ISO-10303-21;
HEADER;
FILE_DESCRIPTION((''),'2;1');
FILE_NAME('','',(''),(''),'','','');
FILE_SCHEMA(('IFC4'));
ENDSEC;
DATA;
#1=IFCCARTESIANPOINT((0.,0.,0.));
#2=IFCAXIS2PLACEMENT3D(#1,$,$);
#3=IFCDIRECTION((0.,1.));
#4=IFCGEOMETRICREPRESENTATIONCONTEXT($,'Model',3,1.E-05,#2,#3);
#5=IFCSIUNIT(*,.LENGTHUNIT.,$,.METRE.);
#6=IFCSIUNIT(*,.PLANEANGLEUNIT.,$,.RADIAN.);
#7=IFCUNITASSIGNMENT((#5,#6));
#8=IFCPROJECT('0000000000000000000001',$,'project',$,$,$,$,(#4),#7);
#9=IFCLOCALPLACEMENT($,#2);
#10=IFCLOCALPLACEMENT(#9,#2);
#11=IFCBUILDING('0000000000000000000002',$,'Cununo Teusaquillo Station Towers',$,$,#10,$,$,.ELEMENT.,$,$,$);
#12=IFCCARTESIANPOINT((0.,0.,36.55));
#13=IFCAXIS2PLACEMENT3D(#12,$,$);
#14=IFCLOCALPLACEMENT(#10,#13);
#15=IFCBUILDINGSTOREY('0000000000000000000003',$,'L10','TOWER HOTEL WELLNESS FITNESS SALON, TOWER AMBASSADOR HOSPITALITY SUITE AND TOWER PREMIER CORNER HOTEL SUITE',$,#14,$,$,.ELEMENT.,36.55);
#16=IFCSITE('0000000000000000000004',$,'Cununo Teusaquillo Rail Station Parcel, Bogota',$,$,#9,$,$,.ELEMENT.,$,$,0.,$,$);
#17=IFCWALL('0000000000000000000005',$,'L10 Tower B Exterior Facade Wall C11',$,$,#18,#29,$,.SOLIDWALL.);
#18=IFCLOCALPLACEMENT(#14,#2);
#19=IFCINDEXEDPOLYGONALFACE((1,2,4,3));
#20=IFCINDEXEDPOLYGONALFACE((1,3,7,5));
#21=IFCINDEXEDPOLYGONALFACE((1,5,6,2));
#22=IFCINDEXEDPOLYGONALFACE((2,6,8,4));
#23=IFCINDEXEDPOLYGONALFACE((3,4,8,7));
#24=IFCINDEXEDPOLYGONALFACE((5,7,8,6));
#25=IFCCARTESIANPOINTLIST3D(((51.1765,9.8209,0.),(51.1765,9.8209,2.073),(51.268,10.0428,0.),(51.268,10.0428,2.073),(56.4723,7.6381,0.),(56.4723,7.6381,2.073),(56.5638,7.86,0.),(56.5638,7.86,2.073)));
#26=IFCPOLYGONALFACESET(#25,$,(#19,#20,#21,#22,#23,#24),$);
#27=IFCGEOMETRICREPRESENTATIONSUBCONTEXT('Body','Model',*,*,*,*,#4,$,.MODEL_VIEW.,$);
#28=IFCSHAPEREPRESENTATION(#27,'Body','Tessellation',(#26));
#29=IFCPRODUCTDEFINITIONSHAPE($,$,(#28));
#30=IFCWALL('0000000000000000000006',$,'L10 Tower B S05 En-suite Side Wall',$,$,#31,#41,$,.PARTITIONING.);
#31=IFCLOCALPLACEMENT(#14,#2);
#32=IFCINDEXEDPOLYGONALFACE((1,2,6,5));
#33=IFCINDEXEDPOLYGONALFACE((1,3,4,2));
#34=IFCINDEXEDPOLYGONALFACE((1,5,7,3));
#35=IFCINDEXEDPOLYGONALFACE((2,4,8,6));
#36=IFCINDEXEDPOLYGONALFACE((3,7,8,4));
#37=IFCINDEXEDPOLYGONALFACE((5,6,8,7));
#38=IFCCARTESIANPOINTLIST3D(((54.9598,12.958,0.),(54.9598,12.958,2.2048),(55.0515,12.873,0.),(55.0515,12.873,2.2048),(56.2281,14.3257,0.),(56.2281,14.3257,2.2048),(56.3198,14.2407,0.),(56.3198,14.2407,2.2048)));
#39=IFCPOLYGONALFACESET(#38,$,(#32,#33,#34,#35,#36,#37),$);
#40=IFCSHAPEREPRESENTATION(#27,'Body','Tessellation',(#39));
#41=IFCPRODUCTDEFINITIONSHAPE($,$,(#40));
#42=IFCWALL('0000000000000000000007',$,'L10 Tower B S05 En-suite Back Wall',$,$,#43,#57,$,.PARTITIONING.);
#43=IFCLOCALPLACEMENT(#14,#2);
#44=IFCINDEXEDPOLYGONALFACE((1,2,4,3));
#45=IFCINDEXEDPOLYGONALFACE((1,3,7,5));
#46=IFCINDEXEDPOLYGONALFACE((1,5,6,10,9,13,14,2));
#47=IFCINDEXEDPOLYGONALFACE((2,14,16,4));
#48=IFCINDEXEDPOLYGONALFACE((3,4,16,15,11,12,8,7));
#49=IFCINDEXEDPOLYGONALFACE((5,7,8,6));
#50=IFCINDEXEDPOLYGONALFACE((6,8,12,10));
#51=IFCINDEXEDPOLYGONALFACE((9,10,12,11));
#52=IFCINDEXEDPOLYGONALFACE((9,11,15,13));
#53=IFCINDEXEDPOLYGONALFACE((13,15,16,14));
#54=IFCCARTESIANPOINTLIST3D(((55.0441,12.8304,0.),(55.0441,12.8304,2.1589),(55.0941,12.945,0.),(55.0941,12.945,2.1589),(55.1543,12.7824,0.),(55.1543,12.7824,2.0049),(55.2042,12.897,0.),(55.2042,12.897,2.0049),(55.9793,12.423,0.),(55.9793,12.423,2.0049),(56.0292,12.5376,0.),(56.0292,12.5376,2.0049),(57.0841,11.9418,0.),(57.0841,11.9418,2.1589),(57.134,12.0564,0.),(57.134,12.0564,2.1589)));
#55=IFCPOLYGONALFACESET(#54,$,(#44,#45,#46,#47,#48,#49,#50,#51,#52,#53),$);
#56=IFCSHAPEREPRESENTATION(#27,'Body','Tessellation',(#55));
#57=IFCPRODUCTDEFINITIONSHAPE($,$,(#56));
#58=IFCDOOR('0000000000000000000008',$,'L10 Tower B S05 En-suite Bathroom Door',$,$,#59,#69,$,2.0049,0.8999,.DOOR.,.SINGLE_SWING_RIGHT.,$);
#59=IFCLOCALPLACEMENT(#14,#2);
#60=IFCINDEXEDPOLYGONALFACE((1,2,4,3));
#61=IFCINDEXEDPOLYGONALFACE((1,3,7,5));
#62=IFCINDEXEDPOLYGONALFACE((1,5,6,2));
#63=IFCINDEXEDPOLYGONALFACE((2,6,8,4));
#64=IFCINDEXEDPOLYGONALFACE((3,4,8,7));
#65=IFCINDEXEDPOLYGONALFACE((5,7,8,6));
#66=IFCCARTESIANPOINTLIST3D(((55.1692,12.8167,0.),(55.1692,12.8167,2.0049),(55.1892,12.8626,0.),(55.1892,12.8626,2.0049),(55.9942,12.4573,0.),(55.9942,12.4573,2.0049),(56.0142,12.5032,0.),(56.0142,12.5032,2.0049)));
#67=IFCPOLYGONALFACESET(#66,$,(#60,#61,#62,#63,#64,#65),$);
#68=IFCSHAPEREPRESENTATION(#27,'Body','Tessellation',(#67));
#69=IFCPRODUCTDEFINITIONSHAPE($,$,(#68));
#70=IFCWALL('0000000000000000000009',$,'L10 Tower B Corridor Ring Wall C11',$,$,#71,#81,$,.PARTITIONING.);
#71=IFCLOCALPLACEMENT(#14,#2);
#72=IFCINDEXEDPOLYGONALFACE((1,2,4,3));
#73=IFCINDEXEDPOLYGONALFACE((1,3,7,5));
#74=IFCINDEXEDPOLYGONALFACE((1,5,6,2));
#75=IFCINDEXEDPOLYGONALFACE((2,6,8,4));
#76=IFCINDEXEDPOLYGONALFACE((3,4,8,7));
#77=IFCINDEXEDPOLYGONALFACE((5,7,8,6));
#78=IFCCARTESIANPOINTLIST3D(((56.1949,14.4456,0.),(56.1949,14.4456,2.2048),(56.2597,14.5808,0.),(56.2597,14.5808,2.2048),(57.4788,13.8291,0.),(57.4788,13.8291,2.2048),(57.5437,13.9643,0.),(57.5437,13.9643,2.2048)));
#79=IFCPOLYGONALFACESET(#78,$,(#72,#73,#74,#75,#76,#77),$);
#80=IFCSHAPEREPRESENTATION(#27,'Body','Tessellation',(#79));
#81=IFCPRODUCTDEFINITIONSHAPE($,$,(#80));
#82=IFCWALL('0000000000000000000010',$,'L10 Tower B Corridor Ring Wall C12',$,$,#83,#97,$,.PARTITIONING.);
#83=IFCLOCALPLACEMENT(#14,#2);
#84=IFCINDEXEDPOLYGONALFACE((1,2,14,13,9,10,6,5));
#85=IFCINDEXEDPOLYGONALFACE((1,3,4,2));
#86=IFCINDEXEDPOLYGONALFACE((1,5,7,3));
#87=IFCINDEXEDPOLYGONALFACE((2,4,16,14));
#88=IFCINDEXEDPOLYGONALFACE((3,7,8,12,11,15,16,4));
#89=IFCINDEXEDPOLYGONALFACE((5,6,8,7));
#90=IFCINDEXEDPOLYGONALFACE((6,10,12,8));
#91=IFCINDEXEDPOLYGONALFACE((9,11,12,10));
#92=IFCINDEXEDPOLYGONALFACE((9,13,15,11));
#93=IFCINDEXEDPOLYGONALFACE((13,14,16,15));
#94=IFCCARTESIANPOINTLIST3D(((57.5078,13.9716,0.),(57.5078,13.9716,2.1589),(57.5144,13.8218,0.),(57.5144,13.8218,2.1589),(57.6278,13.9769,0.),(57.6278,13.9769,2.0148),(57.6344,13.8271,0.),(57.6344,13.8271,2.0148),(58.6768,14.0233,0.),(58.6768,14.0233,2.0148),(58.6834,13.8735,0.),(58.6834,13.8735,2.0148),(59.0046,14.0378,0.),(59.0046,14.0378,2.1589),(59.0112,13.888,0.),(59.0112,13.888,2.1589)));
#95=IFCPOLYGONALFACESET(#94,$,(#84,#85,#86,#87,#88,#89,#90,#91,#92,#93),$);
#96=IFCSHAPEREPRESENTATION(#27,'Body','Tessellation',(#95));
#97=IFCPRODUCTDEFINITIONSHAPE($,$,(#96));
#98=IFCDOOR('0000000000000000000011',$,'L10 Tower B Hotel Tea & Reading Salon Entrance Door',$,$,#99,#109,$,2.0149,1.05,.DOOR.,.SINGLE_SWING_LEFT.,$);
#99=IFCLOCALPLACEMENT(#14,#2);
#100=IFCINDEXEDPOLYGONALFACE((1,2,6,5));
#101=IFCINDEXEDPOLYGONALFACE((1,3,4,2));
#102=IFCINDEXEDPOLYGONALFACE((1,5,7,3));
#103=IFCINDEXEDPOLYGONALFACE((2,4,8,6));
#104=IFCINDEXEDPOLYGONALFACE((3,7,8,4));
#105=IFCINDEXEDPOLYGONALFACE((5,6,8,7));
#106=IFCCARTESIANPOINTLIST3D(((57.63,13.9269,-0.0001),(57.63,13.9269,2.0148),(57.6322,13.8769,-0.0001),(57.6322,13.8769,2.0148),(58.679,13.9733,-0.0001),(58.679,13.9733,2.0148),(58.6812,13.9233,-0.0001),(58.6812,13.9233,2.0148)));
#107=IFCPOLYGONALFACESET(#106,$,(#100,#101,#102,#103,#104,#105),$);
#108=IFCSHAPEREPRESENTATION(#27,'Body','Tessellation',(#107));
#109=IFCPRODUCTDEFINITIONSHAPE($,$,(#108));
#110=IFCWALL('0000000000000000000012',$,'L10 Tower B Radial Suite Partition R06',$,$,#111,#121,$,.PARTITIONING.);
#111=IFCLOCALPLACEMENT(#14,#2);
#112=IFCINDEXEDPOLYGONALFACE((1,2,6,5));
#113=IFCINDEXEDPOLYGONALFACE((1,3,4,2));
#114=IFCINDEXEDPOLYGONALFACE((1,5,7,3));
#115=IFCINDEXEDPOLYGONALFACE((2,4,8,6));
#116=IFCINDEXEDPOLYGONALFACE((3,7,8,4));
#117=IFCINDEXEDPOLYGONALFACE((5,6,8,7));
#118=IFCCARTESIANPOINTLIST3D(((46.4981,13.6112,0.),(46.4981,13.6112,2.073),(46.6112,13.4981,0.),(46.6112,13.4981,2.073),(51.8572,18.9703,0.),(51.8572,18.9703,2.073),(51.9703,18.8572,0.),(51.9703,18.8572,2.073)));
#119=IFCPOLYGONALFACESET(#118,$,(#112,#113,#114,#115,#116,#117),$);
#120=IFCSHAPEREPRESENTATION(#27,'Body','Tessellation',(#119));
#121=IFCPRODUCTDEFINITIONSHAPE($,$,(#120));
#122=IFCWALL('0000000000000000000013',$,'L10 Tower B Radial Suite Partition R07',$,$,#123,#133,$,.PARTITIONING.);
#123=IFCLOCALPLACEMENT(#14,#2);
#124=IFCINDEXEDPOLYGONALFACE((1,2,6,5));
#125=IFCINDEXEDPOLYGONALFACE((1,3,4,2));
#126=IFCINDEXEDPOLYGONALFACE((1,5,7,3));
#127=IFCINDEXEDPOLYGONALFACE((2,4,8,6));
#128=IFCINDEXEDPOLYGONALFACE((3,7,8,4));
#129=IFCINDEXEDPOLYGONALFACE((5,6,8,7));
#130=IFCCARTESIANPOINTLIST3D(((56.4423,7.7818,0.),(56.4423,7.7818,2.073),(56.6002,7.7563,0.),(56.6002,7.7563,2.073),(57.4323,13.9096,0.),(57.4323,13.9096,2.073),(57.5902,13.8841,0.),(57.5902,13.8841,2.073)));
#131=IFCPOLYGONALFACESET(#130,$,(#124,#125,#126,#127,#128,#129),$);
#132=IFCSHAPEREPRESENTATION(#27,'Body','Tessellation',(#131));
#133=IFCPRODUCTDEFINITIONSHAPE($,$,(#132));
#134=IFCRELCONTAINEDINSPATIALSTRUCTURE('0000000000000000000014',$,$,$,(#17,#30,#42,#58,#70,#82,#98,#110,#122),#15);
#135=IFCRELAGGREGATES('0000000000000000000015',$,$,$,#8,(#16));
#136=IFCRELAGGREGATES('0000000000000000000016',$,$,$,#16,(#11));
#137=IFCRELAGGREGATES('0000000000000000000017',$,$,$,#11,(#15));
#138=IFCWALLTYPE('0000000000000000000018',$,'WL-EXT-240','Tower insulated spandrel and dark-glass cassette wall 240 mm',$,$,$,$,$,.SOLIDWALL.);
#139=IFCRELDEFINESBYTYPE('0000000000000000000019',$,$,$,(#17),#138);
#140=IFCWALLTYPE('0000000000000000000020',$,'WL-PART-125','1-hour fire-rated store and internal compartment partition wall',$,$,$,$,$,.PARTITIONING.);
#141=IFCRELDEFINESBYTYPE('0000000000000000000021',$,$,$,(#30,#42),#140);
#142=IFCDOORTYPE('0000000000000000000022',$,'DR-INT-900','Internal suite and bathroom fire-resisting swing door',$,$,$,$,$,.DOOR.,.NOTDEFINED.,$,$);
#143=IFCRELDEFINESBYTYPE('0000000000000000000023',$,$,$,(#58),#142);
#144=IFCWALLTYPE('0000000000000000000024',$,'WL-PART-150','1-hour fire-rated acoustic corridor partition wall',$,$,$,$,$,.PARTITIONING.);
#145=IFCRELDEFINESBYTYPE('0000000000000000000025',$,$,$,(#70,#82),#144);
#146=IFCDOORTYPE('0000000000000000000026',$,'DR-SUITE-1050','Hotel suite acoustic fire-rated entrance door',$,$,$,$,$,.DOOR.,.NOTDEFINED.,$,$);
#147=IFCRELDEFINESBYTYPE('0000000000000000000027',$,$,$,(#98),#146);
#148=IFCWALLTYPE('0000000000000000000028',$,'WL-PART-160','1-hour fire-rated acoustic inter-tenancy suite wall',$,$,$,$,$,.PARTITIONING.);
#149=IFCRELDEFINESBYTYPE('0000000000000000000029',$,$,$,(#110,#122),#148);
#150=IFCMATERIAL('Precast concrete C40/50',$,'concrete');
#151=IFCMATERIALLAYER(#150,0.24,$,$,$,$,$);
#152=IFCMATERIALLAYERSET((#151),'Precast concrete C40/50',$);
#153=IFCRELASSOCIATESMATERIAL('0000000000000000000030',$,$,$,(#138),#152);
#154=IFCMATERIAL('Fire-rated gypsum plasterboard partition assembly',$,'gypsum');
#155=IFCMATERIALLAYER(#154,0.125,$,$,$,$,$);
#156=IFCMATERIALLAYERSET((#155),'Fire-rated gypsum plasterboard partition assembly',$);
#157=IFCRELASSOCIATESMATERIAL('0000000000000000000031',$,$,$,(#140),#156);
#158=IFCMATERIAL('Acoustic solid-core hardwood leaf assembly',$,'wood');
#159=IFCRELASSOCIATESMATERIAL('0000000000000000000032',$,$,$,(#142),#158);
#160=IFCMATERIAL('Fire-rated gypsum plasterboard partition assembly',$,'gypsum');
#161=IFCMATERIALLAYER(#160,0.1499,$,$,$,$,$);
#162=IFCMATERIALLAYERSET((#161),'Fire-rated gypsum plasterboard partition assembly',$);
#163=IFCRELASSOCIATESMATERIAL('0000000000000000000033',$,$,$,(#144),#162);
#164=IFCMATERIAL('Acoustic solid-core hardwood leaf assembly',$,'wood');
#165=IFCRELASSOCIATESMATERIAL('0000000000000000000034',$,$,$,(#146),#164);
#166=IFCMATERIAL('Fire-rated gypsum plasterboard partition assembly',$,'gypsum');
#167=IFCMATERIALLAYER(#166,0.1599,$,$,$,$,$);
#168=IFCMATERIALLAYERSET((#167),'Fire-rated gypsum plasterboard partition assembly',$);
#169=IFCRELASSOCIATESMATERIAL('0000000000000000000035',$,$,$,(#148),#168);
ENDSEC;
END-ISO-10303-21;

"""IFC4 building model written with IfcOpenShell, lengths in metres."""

from ifc_helpers import new_model, si_unit, direction, frame, frame_2d, origin, place, context, subcontext, project, spatial, rectangle, extrude, source, transform, mapped, material, layer, layer_set, type_object, element, fill, save


model = new_model("IFC4")

# Units and contexts
model_context = context("Model", 3, precision=1e-05, world=origin(), true_north=direction((0.0, 1.0)))
body_context = subcontext(model_context, "Body", "Model", "MODEL_VIEW")
ifc_project = project(units=[si_unit("LENGTHUNIT", "METRE"), si_unit("PLANEANGLEUNIT", "RADIAN")], contexts=[model_context])

# Site, building, storey
site_placement = place(None, origin())
site = spatial("IfcSite", under=ifc_project, at=site_placement, Name="Cununo Teusaquillo Rail Station Parcel, Bogota", CompositionType="ELEMENT", RefElevation=0.0)
building_placement = place(site_placement, origin())
building = spatial("IfcBuilding", under=site, at=building_placement, Name="Cununo Teusaquillo Station Towers", CompositionType="ELEMENT")
storey_placement = place(building_placement, frame((0.0, 0.0, 36.55)))
storey = spatial("IfcBuildingStorey", under=building, at=storey_placement, Name="L10", Description="TOWER HOTEL WELLNESS FITNESS SALON, TOWER AMBASSADOR HOSPITALITY SUITE AND TOWER PREMIER CORNER HOTEL SUITE", CompositionType="ELEMENT", Elevation=36.55)

# Walls
ifc_material_1 = material(Name="Precast concrete C40/50", Category="concrete")
ifc_layer_1 = layer(ifc_material_1, 0.24)
ifc_layer_set_1 = layer_set([ifc_layer_1], Name="Precast concrete C40/50")
wall_type_1 = type_object("IfcWallType", Name="WL-EXT-240", Description="Tower insulated spandrel and dark-glass cassette wall 240 mm", PredefinedType="SOLIDWALL", material=ifc_layer_set_1)
wall_1_placement = place(storey_placement, frame((56.5181, 7.749, 0.0), z_axis=(0.0, 0.0, 1.0), x_axis=(-0.924543, 0.381078, 0.0)))
element("IfcWall", 1, at=wall_1_placement, inside=storey, type_object=wall_type_1, Name="L10 Tower B Exterior Facade Wall C11", PredefinedType="SOLIDWALL", context=body_context, shape_type="SweptSolid", body=[
    extrude(rectangle(XDim=5.728, YDim=0.24, at=frame_2d((2.864, 0.0))), origin(), (0.0, 0.0, 1.0), 2.073),
])
ifc_material_2 = material(Name="Fire-rated gypsum plasterboard partition assembly", Category="gypsum")
ifc_layer_2 = layer(ifc_material_2, 0.125)
ifc_layer_set_2 = layer_set([ifc_layer_2], Name="Fire-rated gypsum plasterboard partition assembly")
wall_type_2 = type_object("IfcWallType", Name="WL-PART-125", Description="1-hour fire-rated store and internal compartment partition wall", PredefinedType="PARTITIONING", material=ifc_layer_set_2)
wall_2_placement = place(storey_placement, frame((56.2739, 14.2832, 0.0), z_axis=(0.0, 0.0, 1.0), x_axis=(-0.679969, -0.733241, 0.0)))
element("IfcWall", 2, at=wall_2_placement, inside=storey, type_object=wall_type_2, Name="L10 Tower B S05 En-suite Side Wall", PredefinedType="PARTITIONING", context=body_context, shape_type="SweptSolid", body=[
    extrude(rectangle(XDim=1.8652, YDim=0.125, at=frame_2d((0.9326, 0.0))), origin(), (0.0, 0.0, 1.0), 2.2048),
])

# Wall, opening, door
wall_3_placement = place(storey_placement, frame((55.0691, 12.8877, 0.0), z_axis=(0.0, 0.0, 1.0), x_axis=(0.916791, -0.399368, 0.0)))
wall_3 = element("IfcWall", 3, at=wall_3_placement, inside=storey, type_object=wall_type_2, Name="L10 Tower B S05 En-suite Back Wall", PredefinedType="PARTITIONING", context=body_context, shape_type="SweptSolid", body=[
    extrude(rectangle(XDim=2.2251, YDim=0.125, at=frame_2d((1.1125, 0.0))), origin(), (0.0, 0.0, 1.0), 2.1589),
])
shared_shape_1 = source(origin(), body_context, "Body", "SweptSolid", [
    extrude(rectangle(XDim=0.8999, YDim=2.0049, at=frame_2d((0.45, 1.0024))), frame((0.0, 0.0725, 0.0), z_axis=(0.0, -1.0, 0.0), x_axis=(1.0, 0.0, 0.0)), (0.0, 0.0, 1.0), 0.145),
])
opening_1_placement = place(wall_3_placement, frame((0.1201, 0.0, 0.0)))
opening_1 = element("IfcOpeningElement", 4, at=opening_1_placement, cuts=wall_3, PredefinedType="OPENING", context=body_context, shape_type="MappedRepresentation", body=[
    mapped(shared_shape_1, transform((0.0, 0.0, 0.0), x_axis=(1.0, 0.0, 0.0), y_axis=(0.0, 1.0, 0.0), z_axis=(0.0, 0.0, 1.0), scale=1.0)),
])
ifc_material_3 = material(Name="Acoustic solid-core hardwood leaf assembly", Category="wood")
door_type_1 = type_object("IfcDoorType", Name="DR-INT-900", Description="Internal suite and bathroom fire-resisting swing door", OperationType="NOTDEFINED", PredefinedType="DOOR", material=ifc_material_3)
shared_shape_2 = source(origin(), body_context, "Body", "SweptSolid", [
    extrude(rectangle(XDim=0.8999, YDim=2.0049, at=frame_2d((0.45, 1.0024))), frame((0.0, 0.0249, 0.0), z_axis=(0.0, -1.0, 0.0), x_axis=(1.0, 0.0, 0.0)), (0.0, 0.0, 1.0), 0.05),
])
door_1_placement = place(opening_1_placement, origin())
door_1 = element("IfcDoor", 5, at=door_1_placement, inside=storey, type_object=door_type_1, Name="L10 Tower B S05 En-suite Bathroom Door", OperationType="SINGLE_SWING_RIGHT", OverallHeight=2.0049, OverallWidth=0.8999, PredefinedType="DOOR", context=body_context, shape_type="MappedRepresentation", body=[
    mapped(shared_shape_2, transform((0.0, 0.0, 0.0), x_axis=(1.0, 0.0, 0.0), y_axis=(0.0, 1.0, 0.0), z_axis=(0.0, 0.0, 1.0), scale=1.0)),
])
fill(opening_1, door_1)

# Wall
ifc_material_4 = material(Name="Fire-rated gypsum plasterboard partition assembly", Category="gypsum")
ifc_layer_3 = layer(ifc_material_4, 0.1499)
ifc_layer_set_3 = layer_set([ifc_layer_3], Name="Fire-rated gypsum plasterboard partition assembly")
wall_type_3 = type_object("IfcWallType", Name="WL-PART-150", Description="1-hour fire-rated acoustic corridor partition wall", PredefinedType="PARTITIONING", material=ifc_layer_set_3)
wall_4_placement = place(storey_placement, frame((56.2273, 14.5132, 0.0), z_axis=(0.0, 0.0, 1.0), x_axis=(0.901478, -0.432826, 0.0)))
element("IfcWall", 6, at=wall_4_placement, inside=storey, type_object=wall_type_3, Name="L10 Tower B Corridor Ring Wall C11", PredefinedType="PARTITIONING", context=body_context, shape_type="SweptSolid", body=[
    extrude(rectangle(XDim=1.4243, YDim=0.1499, at=frame_2d((0.7122, 0.0))), origin(), (0.0, 0.0, 1.0), 2.2048),
])

# Wall, opening, door
wall_5_placement = place(storey_placement, frame((57.5112, 13.8967, 0.0), z_axis=(0.0, 0.0, 1.0), x_axis=(0.999025, 0.044158, 0.0)))
wall_5 = element("IfcWall", 7, at=wall_5_placement, inside=storey, type_object=wall_type_3, Name="L10 Tower B Corridor Ring Wall C12", PredefinedType="PARTITIONING", context=body_context, shape_type="SweptSolid", body=[
    extrude(rectangle(XDim=1.4983, YDim=0.1499, at=frame_2d((0.749, 0.0))), origin(), (0.0, 0.0, 1.0), 2.1589),
])
shared_shape_3 = source(origin(), body_context, "Body", "SweptSolid", [
    extrude(rectangle(XDim=1.05, YDim=2.0149, at=frame_2d((0.5249, 1.0073))), frame((0.0, 0.085, 0.0), z_axis=(0.0, -1.0, 0.0), x_axis=(1.0, 0.0, 0.0)), (0.0, 0.0, 1.0), 0.1699),
])
opening_2_placement = place(wall_5_placement, frame((0.1201, 0.0, 0.0)))
opening_2 = element("IfcOpeningElement", 8, at=opening_2_placement, cuts=wall_5, PredefinedType="OPENING", context=body_context, shape_type="MappedRepresentation", body=[
    mapped(shared_shape_3, transform((0.0, 0.0, 0.0), x_axis=(1.0, 0.0, 0.0), y_axis=(0.0, 1.0, 0.0), z_axis=(0.0, 0.0, 1.0), scale=1.0)),
])
ifc_material_5 = material(Name="Acoustic solid-core hardwood leaf assembly", Category="wood")
door_type_2 = type_object("IfcDoorType", Name="DR-SUITE-1050", Description="Hotel suite acoustic fire-rated entrance door", OperationType="NOTDEFINED", PredefinedType="DOOR", material=ifc_material_5)
shared_shape_4 = source(origin(), body_context, "Body", "SweptSolid", [
    extrude(rectangle(XDim=1.05, YDim=2.0149, at=frame_2d((0.5249, 1.0073))), frame((0.0, 0.0249, 0.0), z_axis=(0.0, -1.0, 0.0), x_axis=(1.0, 0.0, 0.0)), (0.0, 0.0, 1.0), 0.05),
])
door_2_placement = place(opening_2_placement, origin())
door_2 = element("IfcDoor", 9, at=door_2_placement, inside=storey, type_object=door_type_2, Name="L10 Tower B Hotel Tea & Reading Salon Entrance Door", OperationType="SINGLE_SWING_LEFT", OverallHeight=2.0149, OverallWidth=1.05, PredefinedType="DOOR", context=body_context, shape_type="MappedRepresentation", body=[
    mapped(shared_shape_4, transform((0.0, 0.0, 0.0), x_axis=(1.0, 0.0, 0.0), y_axis=(0.0, 1.0, 0.0), z_axis=(0.0, 0.0, 1.0), scale=1.0)),
])
fill(opening_2, door_2)

# Walls
ifc_material_6 = material(Name="Fire-rated gypsum plasterboard partition assembly", Category="gypsum")
ifc_layer_4 = layer(ifc_material_6, 0.1599)
ifc_layer_set_4 = layer_set([ifc_layer_4], Name="Fire-rated gypsum plasterboard partition assembly")
wall_type_4 = type_object("IfcWallType", Name="WL-PART-160", Description="1-hour fire-rated acoustic inter-tenancy suite wall", PredefinedType="PARTITIONING", material=ifc_layer_set_4)
wall_6_placement = place(storey_placement, frame((51.9138, 18.9138, 0.0), z_axis=(0.0, 0.0, 1.0), x_axis=(-0.707107, -0.707107, 0.0)))
element("IfcWall", 10, at=wall_6_placement, inside=storey, type_object=wall_type_4, Name="L10 Tower B Radial Suite Partition R06", PredefinedType="PARTITIONING", context=body_context, shape_type="SweptSolid", body=[
    extrude(rectangle(XDim=7.5789, YDim=0.1599, at=frame_2d((3.7896, 0.0))), origin(), (0.0, 0.0, 1.0), 2.073),
])
wall_7_placement = place(storey_placement, frame((57.5112, 13.8967, 0.0), z_axis=(0.0, 0.0, 1.0), x_axis=(-0.159486, -0.9872, 0.0)))
element("IfcWall", 11, at=wall_7_placement, inside=storey, type_object=wall_type_4, Name="L10 Tower B Radial Suite Partition R07", PredefinedType="PARTITIONING", context=body_context, shape_type="SweptSolid", body=[
    extrude(rectangle(XDim=6.2073, YDim=0.1599, at=frame_2d((3.1035, 0.0))), origin(), (0.0, 0.0, 1.0), 2.073),
])

save(model, "model.ifc")
